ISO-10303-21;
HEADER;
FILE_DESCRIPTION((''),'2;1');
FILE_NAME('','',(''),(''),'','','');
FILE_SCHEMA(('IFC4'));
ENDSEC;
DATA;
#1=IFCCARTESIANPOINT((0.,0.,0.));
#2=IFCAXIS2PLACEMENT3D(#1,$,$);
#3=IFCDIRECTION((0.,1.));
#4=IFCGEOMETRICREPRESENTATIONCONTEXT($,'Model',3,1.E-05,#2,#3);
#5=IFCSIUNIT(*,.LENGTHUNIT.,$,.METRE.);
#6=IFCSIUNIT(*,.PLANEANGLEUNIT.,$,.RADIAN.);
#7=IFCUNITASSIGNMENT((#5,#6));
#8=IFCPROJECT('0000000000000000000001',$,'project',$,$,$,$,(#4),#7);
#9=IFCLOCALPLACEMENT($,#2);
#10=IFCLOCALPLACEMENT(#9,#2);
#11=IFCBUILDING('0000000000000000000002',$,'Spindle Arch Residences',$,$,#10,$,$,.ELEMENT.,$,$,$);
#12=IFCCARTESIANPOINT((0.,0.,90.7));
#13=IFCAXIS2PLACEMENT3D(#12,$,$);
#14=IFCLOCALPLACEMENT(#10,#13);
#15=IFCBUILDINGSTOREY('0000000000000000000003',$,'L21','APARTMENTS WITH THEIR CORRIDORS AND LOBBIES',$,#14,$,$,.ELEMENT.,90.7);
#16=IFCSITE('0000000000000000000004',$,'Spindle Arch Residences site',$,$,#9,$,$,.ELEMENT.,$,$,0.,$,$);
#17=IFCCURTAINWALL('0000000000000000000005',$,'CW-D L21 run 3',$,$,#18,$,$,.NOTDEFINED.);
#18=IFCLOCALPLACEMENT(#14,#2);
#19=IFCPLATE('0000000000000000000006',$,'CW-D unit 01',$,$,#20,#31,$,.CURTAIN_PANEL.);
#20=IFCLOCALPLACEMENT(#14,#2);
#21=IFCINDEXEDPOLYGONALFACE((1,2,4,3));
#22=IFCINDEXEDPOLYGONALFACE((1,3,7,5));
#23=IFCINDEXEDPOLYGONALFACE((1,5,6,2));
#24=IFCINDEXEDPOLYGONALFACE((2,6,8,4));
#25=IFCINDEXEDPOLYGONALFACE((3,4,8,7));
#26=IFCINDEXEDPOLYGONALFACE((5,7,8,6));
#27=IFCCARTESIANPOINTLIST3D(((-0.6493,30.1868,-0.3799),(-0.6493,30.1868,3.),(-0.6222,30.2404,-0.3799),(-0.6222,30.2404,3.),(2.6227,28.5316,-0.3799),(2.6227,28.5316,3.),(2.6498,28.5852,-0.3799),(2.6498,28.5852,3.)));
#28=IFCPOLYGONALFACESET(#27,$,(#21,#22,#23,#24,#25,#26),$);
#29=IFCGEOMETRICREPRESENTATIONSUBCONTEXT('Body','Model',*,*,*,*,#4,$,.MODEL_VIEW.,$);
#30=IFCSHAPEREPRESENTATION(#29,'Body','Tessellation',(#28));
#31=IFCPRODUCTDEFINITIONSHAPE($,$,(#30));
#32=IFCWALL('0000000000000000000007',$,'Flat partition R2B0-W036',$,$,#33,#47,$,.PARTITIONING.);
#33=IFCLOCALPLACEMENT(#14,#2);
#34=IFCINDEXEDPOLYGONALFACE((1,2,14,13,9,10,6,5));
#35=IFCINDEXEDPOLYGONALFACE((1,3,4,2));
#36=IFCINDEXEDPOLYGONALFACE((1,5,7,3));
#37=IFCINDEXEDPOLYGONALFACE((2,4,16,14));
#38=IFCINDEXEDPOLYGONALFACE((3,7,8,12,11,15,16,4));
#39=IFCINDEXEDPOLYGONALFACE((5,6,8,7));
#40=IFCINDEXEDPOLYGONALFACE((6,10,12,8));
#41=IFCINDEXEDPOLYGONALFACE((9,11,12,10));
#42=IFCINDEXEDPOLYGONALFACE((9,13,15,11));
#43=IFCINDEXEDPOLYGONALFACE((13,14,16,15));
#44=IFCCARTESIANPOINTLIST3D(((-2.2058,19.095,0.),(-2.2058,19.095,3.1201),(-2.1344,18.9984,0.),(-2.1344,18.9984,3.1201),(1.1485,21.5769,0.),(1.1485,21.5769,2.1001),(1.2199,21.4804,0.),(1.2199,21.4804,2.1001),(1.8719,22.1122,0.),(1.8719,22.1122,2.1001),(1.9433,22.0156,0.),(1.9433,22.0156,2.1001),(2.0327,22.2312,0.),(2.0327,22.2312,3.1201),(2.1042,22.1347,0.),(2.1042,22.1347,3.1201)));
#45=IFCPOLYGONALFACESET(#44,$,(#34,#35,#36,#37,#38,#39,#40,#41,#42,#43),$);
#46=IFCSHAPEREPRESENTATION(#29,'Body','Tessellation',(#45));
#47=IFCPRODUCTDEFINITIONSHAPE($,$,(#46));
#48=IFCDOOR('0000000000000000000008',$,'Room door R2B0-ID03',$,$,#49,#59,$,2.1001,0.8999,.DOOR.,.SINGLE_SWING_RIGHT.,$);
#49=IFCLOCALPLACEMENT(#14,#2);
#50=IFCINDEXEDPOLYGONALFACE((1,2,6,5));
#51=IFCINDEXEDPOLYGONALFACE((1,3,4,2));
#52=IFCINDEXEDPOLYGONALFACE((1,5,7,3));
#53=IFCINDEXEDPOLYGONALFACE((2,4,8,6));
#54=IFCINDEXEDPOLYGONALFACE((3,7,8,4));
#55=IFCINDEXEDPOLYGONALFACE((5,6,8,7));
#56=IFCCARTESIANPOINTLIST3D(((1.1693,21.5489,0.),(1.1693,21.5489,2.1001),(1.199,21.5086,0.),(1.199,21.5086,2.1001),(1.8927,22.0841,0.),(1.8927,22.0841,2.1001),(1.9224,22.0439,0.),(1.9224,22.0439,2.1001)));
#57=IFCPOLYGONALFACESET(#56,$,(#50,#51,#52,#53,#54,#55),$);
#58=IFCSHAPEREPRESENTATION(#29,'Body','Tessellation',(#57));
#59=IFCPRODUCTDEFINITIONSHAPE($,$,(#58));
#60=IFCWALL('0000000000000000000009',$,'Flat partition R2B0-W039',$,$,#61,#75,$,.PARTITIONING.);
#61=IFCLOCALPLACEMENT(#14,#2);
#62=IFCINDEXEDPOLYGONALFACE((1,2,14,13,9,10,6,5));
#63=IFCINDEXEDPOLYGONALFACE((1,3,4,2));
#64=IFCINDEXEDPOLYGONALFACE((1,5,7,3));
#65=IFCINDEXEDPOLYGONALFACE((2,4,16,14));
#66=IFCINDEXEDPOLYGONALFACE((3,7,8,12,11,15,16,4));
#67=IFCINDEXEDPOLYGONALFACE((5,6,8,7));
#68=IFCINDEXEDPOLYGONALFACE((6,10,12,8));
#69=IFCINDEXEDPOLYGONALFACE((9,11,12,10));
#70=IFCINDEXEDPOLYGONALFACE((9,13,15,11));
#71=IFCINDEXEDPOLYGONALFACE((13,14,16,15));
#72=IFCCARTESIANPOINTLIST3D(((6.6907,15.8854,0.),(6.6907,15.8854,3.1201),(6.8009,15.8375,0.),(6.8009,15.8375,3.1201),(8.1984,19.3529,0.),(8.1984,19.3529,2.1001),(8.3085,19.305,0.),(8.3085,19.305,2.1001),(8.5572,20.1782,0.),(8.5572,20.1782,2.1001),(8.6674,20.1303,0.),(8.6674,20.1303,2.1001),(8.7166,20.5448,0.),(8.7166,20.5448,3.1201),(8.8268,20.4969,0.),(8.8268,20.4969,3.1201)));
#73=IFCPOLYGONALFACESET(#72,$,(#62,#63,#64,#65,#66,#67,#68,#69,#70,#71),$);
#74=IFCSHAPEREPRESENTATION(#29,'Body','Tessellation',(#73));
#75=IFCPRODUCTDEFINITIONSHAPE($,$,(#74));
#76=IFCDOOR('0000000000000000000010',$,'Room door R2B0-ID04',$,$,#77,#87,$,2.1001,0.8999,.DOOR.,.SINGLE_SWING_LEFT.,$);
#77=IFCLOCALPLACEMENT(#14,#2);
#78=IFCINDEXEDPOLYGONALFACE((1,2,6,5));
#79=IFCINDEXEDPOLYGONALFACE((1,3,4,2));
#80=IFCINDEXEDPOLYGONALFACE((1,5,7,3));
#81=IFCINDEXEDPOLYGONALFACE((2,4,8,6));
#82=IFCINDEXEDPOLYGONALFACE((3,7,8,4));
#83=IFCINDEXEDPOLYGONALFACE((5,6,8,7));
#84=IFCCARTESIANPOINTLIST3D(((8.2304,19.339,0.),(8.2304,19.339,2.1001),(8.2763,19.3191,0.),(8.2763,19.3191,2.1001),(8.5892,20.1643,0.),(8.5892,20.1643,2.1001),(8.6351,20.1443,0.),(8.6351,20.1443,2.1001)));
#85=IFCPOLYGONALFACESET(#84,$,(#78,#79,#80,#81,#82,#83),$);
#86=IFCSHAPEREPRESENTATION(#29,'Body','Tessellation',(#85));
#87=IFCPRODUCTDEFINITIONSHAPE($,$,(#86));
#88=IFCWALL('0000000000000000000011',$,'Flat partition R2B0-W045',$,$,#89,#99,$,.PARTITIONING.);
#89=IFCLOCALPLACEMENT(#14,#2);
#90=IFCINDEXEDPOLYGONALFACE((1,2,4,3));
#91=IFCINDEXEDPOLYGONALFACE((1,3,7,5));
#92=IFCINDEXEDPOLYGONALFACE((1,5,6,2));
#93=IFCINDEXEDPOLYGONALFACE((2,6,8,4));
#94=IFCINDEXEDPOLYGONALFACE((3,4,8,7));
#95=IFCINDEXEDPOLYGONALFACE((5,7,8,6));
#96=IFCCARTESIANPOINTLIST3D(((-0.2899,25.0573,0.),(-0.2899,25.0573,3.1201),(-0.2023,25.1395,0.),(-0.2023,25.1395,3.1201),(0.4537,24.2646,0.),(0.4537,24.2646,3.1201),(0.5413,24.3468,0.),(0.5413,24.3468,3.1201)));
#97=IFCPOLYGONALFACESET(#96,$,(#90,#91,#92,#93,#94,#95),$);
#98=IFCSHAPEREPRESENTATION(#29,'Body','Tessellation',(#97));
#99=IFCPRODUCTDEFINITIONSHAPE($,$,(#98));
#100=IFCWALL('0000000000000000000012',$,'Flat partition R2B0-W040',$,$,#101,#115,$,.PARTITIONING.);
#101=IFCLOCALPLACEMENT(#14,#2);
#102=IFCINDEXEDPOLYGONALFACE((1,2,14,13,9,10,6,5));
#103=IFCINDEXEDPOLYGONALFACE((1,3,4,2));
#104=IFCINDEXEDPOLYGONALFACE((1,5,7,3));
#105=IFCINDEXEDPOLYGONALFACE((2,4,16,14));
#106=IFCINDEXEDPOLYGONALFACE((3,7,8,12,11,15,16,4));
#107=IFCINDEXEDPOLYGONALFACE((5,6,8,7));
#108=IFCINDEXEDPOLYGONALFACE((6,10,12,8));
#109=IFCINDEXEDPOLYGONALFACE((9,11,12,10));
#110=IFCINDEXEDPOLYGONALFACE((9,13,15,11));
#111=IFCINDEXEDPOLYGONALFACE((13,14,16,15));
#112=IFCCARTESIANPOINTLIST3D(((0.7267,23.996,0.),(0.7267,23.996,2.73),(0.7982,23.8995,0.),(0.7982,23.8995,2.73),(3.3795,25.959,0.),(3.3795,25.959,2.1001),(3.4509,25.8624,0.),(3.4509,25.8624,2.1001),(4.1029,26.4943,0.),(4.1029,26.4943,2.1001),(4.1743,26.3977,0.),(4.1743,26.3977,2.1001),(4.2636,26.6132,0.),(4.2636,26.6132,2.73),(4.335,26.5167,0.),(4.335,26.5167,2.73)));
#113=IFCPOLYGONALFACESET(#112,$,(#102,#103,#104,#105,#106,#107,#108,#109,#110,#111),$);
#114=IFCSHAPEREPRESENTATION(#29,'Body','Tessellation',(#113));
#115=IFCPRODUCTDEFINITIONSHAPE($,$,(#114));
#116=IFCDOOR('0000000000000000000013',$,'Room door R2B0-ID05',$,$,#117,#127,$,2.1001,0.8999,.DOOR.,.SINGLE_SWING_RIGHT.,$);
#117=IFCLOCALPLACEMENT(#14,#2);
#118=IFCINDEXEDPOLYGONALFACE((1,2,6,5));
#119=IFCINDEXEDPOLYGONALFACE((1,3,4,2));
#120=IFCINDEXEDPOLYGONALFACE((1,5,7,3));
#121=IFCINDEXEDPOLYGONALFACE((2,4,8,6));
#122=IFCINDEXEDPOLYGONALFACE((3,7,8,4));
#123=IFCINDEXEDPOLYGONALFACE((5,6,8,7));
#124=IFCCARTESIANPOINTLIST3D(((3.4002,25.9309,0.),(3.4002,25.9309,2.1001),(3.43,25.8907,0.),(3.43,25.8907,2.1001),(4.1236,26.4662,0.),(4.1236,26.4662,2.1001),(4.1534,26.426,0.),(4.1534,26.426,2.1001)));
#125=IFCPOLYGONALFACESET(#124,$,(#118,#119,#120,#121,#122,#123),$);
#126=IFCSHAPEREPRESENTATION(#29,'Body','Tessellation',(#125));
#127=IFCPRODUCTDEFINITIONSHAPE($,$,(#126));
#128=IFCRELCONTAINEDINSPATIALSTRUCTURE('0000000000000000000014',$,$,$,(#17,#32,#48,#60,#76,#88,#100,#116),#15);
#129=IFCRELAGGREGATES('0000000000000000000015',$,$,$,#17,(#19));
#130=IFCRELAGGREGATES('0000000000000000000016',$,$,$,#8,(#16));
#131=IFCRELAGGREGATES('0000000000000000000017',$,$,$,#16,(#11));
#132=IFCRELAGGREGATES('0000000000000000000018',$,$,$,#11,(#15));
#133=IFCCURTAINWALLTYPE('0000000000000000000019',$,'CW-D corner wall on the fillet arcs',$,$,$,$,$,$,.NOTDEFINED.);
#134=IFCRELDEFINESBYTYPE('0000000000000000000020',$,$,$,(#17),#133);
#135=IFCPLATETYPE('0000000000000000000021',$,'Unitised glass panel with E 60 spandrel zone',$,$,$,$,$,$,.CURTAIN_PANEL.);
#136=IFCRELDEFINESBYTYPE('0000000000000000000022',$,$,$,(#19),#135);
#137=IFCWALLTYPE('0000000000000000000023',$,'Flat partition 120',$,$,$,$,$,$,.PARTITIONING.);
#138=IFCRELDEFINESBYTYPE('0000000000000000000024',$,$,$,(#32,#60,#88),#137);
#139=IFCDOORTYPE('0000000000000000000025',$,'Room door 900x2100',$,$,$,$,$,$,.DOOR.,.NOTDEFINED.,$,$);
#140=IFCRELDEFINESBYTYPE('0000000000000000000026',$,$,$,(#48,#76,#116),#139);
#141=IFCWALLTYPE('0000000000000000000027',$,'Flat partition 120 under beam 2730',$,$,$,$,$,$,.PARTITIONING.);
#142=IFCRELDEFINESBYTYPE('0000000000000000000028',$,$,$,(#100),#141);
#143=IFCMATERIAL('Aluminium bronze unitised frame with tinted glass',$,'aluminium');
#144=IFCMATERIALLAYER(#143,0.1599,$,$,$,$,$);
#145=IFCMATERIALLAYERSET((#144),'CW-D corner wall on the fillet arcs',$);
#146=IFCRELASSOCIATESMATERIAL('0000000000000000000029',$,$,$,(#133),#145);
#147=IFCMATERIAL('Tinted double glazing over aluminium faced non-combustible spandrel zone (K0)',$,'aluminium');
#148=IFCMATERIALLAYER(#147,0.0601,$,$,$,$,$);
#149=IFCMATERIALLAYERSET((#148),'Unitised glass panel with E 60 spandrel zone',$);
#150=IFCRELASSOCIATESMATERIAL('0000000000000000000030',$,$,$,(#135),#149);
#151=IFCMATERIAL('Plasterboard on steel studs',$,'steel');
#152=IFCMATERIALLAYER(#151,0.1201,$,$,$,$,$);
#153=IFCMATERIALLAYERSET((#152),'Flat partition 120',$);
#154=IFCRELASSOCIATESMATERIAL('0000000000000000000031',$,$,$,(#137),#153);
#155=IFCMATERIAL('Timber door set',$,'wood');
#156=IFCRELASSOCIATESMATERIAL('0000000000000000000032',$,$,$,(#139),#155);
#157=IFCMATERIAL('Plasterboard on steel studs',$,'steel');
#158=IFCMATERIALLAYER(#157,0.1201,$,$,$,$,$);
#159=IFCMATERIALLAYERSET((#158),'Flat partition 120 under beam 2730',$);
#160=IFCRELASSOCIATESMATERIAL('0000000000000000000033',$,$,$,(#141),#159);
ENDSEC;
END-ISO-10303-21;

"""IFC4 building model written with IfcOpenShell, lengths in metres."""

from ifc_helpers import new_model, si_unit, direction, frame, frame_2d, origin, origin_2d, place, context, subcontext, project, spatial, rectangle, extrude, material, layer, layer_set, type_object, element, fill, aggregate, save


model = new_model("IFC4")

# Units and contexts
model_context = context("Model", 3, precision=1e-05, world=origin(), true_north=direction((0.0, 1.0)))
body_context = subcontext(model_context, "Body", "Model", "MODEL_VIEW")
ifc_project = project(units=[si_unit("LENGTHUNIT", "METRE"), si_unit("PLANEANGLEUNIT", "RADIAN")], contexts=[model_context])

# Site, building, storey
site_placement = place(None, origin())
site = spatial("IfcSite", under=ifc_project, at=site_placement, Name="Spindle Arch Residences site", CompositionType="ELEMENT", RefElevation=0.0)
building_placement = place(site_placement, origin())
building = spatial("IfcBuilding", under=site, at=building_placement, Name="Spindle Arch Residences", CompositionType="ELEMENT")
storey_placement = place(building_placement, frame((0.0, 0.0, 90.7)))
storey = spatial("IfcBuildingStorey", under=building, at=storey_placement, Name="L21", Description="APARTMENTS WITH THEIR CORRIDORS AND LOBBIES", CompositionType="ELEMENT", Elevation=90.7)

# Curtain wall
ifc_material_1 = material(Name="Aluminium bronze unitised frame with tinted glass", Category="aluminium")
ifc_layer_1 = layer(ifc_material_1, 0.1599)
ifc_layer_set_1 = layer_set([ifc_layer_1], Name="CW-D corner wall on the fillet arcs")
curtain_wall_type_1 = type_object("IfcCurtainWallType", Name="CW-D corner wall on the fillet arcs", PredefinedType="NOTDEFINED", material=ifc_layer_set_1)
curtain_wall_1_placement = place(storey_placement, origin())
curtain_wall_1 = element("IfcCurtainWall", 1, at=curtain_wall_1_placement, inside=storey, type_object=curtain_wall_type_1, Name="CW-D L21 run 3", PredefinedType="NOTDEFINED")

# Plate
ifc_material_2 = material(Name="Tinted double glazing over aluminium faced non-combustible spandrel zone (K0)", Category="aluminium")
ifc_layer_2 = layer(ifc_material_2, 0.0601)
ifc_layer_set_2 = layer_set([ifc_layer_2], Name="Unitised glass panel with E 60 spandrel zone")
plate_type = type_object("IfcPlateType", Name="Unitised glass panel with E 60 spandrel zone", PredefinedType="CURTAIN_PANEL", material=ifc_layer_set_2)
plate_1_placement = place(storey_placement, frame((1.0002, 29.386, -0.3799), z_axis=(0.0, 0.0, 1.0), x_axis=(-0.892323, 0.451397, 0.0)))
plate_1 = element("IfcPlate", 2, at=plate_1_placement, type_object=plate_type, Name="CW-D unit 01", PredefinedType="CURTAIN_PANEL", context=body_context, shape_type="SweptSolid", body=[
    extrude(rectangle(XDim=3.6667, YDim=0.0601, at=origin_2d()), origin(), (0.0, 0.0, 1.0), 3.3799),
])
aggregate(curtain_wall_1, [plate_1])

# Walls, openings, doors
ifc_material_3 = material(Name="Plasterboard on steel studs", Category="steel")
ifc_layer_3 = layer(ifc_material_3, 0.1201)
ifc_layer_set_3 = layer_set([ifc_layer_3], Name="Flat partition 120")
wall_type_1 = type_object("IfcWallType", Name="Flat partition 120", PredefinedType="PARTITIONING", material=ifc_layer_set_3)
wall_1_placement = place(storey_placement, frame((2.0684, 22.1829, 0.0), z_axis=(0.0, 0.0, 1.0), x_axis=(-0.803867, -0.594809, 0.0)))
wall_1 = element("IfcWall", 3, at=wall_1_placement, inside=storey, type_object=wall_type_1, Name="Flat partition R2B0-W036", PredefinedType="PARTITIONING", context=body_context, shape_type="SweptSolid", body=[
    extrude(rectangle(XDim=5.2727, YDim=0.1201, at=frame_2d((2.6362, 0.0))), origin(), (0.0, 0.0, 1.0), 3.1201),
])
opening_1_placement = place(wall_1_placement, frame((0.2, 0.0, 0.0)))
opening_1 = element("IfcOpeningElement", 4, at=opening_1_placement, cuts=wall_1, PredefinedType="OPENING", context=body_context, shape_type="SweptSolid", body=[
    extrude(rectangle(XDim=0.8999, YDim=2.1001, at=frame_2d((0.45, 1.05))), frame((0.0, 0.0701, 0.0), z_axis=(0.0, -1.0, 0.0), x_axis=(1.0, 0.0, 0.0)), (0.0, 0.0, 1.0), 0.1401),
])
ifc_material_4 = material(Name="Timber door set", Category="wood")
door_type = type_object("IfcDoorType", Name="Room door 900x2100", OperationType="NOTDEFINED", PredefinedType="DOOR", material=ifc_material_4)
door_1_placement = place(opening_1_placement, origin())
door_1 = element("IfcDoor", 5, at=door_1_placement, inside=storey, type_object=door_type, Name="Room door R2B0-ID03", OperationType="SINGLE_SWING_RIGHT", OverallHeight=2.1001, OverallWidth=0.8999, PredefinedType="DOOR", context=body_context, shape_type="SweptSolid", body=[
    extrude(rectangle(XDim=0.8999, YDim=2.1001, at=frame_2d((0.45, 1.05))), frame((0.0, 0.0249, 0.0), z_axis=(0.0, -1.0, 0.0), x_axis=(1.0, 0.0, 0.0)), (0.0, 0.0, 1.0), 0.05),
])
fill(opening_1, door_1)
wall_2_placement = place(storey_placement, frame((8.7717, 20.521, 0.0), z_axis=(0.0, 0.0, 1.0), x_axis=(-0.398733, -0.917067, 0.0)))
wall_2 = element("IfcWall", 6, at=wall_2_placement, inside=storey, type_object=wall_type_1, Name="Flat partition R2B0-W039", PredefinedType="PARTITIONING", context=body_context, shape_type="SweptSolid", body=[
    extrude(rectangle(XDim=5.0808, YDim=0.1201, at=frame_2d((2.5405, 0.0))), origin(), (0.0, 0.0, 1.0), 3.1201),
])
opening_2_placement = place(wall_2_placement, frame((0.3999, 0.0, 0.0)))
opening_2 = element("IfcOpeningElement", 7, at=opening_2_placement, cuts=wall_2, PredefinedType="OPENING", context=body_context, shape_type="SweptSolid", body=[
    extrude(rectangle(XDim=0.8999, YDim=2.1001, at=frame_2d((0.45, 1.05))), frame((0.0, 0.0701, 0.0), z_axis=(0.0, -1.0, 0.0), x_axis=(1.0, 0.0, 0.0)), (0.0, 0.0, 1.0), 0.1401),
])
door_2_placement = place(opening_2_placement, origin())
door_2 = element("IfcDoor", 8, at=door_2_placement, inside=storey, type_object=door_type, Name="Room door R2B0-ID04", OperationType="SINGLE_SWING_LEFT", OverallHeight=2.1001, OverallWidth=0.8999, PredefinedType="DOOR", context=body_context, shape_type="SweptSolid", body=[
    extrude(rectangle(XDim=0.8999, YDim=2.1001, at=frame_2d((0.45, 1.05))), frame((0.0, 0.0249, 0.0), z_axis=(0.0, -1.0, 0.0), x_axis=(1.0, 0.0, 0.0)), (0.0, 0.0, 1.0), 0.05),
])
fill(opening_2, door_2)

# Wall
wall_3_placement = place(storey_placement, frame((-0.2461, 25.0984, 0.0), z_axis=(0.0, 0.0, 1.0), x_axis=(0.684173, -0.72932, 0.0)))
element("IfcWall", 9, at=wall_3_placement, inside=storey, type_object=wall_type_1, Name="Flat partition R2B0-W045", PredefinedType="PARTITIONING", context=body_context, shape_type="SweptSolid", body=[
    extrude(rectangle(XDim=1.0869, YDim=0.1201, at=frame_2d((0.5435, 0.0))), origin(), (0.0, 0.0, 1.0), 3.1201),
])

# Wall, opening, door
ifc_material_5 = material(Name="Plasterboard on steel studs", Category="steel")
ifc_layer_4 = layer(ifc_material_5, 0.1201)
ifc_layer_set_4 = layer_set([ifc_layer_4], Name="Flat partition 120 under beam 2730")
wall_type_2 = type_object("IfcWallType", Name="Flat partition 120 under beam 2730", PredefinedType="PARTITIONING", material=ifc_layer_set_4)
wall_4_placement = place(storey_placement, frame((4.2993, 26.5649, 0.0), z_axis=(0.0, 0.0, 1.0), x_axis=(-0.803852, -0.594829, 0.0)))
wall_4 = element("IfcWall", 10, at=wall_4_placement, inside=storey, type_object=wall_type_2, Name="Flat partition R2B0-W040", PredefinedType="PARTITIONING", context=body_context, shape_type="SweptSolid", body=[
    extrude(rectangle(XDim=4.3999, YDim=0.1201, at=frame_2d((2.2, 0.0))), origin(), (0.0, 0.0, 1.0), 2.73),
])
opening_3_placement = place(wall_4_placement, frame((0.2, 0.0, 0.0)))
opening_3 = element("IfcOpeningElement", 11, at=opening_3_placement, cuts=wall_4, PredefinedType="OPENING", context=body_context, shape_type="SweptSolid", body=[
    extrude(rectangle(XDim=0.8999, YDim=2.1001, at=frame_2d((0.45, 1.05))), frame((0.0, 0.0701, 0.0), z_axis=(0.0, -1.0, 0.0), x_axis=(1.0, 0.0, 0.0)), (0.0, 0.0, 1.0), 0.1401),
])
door_3_placement = place(opening_3_placement, origin())
door_3 = element("IfcDoor", 12, at=door_3_placement, inside=storey, type_object=door_type, Name="Room door R2B0-ID05", OperationType="SINGLE_SWING_RIGHT", OverallHeight=2.1001, OverallWidth=0.8999, PredefinedType="DOOR", context=body_context, shape_type="SweptSolid", body=[
    extrude(rectangle(XDim=0.8999, YDim=2.1001, at=frame_2d((0.45, 1.05))), frame((0.0, 0.0249, 0.0), z_axis=(0.0, -1.0, 0.0), x_axis=(1.0, 0.0, 0.0)), (0.0, 0.0, 1.0), 0.05),
])
fill(opening_3, door_3)

save(model, "model.ifc")
